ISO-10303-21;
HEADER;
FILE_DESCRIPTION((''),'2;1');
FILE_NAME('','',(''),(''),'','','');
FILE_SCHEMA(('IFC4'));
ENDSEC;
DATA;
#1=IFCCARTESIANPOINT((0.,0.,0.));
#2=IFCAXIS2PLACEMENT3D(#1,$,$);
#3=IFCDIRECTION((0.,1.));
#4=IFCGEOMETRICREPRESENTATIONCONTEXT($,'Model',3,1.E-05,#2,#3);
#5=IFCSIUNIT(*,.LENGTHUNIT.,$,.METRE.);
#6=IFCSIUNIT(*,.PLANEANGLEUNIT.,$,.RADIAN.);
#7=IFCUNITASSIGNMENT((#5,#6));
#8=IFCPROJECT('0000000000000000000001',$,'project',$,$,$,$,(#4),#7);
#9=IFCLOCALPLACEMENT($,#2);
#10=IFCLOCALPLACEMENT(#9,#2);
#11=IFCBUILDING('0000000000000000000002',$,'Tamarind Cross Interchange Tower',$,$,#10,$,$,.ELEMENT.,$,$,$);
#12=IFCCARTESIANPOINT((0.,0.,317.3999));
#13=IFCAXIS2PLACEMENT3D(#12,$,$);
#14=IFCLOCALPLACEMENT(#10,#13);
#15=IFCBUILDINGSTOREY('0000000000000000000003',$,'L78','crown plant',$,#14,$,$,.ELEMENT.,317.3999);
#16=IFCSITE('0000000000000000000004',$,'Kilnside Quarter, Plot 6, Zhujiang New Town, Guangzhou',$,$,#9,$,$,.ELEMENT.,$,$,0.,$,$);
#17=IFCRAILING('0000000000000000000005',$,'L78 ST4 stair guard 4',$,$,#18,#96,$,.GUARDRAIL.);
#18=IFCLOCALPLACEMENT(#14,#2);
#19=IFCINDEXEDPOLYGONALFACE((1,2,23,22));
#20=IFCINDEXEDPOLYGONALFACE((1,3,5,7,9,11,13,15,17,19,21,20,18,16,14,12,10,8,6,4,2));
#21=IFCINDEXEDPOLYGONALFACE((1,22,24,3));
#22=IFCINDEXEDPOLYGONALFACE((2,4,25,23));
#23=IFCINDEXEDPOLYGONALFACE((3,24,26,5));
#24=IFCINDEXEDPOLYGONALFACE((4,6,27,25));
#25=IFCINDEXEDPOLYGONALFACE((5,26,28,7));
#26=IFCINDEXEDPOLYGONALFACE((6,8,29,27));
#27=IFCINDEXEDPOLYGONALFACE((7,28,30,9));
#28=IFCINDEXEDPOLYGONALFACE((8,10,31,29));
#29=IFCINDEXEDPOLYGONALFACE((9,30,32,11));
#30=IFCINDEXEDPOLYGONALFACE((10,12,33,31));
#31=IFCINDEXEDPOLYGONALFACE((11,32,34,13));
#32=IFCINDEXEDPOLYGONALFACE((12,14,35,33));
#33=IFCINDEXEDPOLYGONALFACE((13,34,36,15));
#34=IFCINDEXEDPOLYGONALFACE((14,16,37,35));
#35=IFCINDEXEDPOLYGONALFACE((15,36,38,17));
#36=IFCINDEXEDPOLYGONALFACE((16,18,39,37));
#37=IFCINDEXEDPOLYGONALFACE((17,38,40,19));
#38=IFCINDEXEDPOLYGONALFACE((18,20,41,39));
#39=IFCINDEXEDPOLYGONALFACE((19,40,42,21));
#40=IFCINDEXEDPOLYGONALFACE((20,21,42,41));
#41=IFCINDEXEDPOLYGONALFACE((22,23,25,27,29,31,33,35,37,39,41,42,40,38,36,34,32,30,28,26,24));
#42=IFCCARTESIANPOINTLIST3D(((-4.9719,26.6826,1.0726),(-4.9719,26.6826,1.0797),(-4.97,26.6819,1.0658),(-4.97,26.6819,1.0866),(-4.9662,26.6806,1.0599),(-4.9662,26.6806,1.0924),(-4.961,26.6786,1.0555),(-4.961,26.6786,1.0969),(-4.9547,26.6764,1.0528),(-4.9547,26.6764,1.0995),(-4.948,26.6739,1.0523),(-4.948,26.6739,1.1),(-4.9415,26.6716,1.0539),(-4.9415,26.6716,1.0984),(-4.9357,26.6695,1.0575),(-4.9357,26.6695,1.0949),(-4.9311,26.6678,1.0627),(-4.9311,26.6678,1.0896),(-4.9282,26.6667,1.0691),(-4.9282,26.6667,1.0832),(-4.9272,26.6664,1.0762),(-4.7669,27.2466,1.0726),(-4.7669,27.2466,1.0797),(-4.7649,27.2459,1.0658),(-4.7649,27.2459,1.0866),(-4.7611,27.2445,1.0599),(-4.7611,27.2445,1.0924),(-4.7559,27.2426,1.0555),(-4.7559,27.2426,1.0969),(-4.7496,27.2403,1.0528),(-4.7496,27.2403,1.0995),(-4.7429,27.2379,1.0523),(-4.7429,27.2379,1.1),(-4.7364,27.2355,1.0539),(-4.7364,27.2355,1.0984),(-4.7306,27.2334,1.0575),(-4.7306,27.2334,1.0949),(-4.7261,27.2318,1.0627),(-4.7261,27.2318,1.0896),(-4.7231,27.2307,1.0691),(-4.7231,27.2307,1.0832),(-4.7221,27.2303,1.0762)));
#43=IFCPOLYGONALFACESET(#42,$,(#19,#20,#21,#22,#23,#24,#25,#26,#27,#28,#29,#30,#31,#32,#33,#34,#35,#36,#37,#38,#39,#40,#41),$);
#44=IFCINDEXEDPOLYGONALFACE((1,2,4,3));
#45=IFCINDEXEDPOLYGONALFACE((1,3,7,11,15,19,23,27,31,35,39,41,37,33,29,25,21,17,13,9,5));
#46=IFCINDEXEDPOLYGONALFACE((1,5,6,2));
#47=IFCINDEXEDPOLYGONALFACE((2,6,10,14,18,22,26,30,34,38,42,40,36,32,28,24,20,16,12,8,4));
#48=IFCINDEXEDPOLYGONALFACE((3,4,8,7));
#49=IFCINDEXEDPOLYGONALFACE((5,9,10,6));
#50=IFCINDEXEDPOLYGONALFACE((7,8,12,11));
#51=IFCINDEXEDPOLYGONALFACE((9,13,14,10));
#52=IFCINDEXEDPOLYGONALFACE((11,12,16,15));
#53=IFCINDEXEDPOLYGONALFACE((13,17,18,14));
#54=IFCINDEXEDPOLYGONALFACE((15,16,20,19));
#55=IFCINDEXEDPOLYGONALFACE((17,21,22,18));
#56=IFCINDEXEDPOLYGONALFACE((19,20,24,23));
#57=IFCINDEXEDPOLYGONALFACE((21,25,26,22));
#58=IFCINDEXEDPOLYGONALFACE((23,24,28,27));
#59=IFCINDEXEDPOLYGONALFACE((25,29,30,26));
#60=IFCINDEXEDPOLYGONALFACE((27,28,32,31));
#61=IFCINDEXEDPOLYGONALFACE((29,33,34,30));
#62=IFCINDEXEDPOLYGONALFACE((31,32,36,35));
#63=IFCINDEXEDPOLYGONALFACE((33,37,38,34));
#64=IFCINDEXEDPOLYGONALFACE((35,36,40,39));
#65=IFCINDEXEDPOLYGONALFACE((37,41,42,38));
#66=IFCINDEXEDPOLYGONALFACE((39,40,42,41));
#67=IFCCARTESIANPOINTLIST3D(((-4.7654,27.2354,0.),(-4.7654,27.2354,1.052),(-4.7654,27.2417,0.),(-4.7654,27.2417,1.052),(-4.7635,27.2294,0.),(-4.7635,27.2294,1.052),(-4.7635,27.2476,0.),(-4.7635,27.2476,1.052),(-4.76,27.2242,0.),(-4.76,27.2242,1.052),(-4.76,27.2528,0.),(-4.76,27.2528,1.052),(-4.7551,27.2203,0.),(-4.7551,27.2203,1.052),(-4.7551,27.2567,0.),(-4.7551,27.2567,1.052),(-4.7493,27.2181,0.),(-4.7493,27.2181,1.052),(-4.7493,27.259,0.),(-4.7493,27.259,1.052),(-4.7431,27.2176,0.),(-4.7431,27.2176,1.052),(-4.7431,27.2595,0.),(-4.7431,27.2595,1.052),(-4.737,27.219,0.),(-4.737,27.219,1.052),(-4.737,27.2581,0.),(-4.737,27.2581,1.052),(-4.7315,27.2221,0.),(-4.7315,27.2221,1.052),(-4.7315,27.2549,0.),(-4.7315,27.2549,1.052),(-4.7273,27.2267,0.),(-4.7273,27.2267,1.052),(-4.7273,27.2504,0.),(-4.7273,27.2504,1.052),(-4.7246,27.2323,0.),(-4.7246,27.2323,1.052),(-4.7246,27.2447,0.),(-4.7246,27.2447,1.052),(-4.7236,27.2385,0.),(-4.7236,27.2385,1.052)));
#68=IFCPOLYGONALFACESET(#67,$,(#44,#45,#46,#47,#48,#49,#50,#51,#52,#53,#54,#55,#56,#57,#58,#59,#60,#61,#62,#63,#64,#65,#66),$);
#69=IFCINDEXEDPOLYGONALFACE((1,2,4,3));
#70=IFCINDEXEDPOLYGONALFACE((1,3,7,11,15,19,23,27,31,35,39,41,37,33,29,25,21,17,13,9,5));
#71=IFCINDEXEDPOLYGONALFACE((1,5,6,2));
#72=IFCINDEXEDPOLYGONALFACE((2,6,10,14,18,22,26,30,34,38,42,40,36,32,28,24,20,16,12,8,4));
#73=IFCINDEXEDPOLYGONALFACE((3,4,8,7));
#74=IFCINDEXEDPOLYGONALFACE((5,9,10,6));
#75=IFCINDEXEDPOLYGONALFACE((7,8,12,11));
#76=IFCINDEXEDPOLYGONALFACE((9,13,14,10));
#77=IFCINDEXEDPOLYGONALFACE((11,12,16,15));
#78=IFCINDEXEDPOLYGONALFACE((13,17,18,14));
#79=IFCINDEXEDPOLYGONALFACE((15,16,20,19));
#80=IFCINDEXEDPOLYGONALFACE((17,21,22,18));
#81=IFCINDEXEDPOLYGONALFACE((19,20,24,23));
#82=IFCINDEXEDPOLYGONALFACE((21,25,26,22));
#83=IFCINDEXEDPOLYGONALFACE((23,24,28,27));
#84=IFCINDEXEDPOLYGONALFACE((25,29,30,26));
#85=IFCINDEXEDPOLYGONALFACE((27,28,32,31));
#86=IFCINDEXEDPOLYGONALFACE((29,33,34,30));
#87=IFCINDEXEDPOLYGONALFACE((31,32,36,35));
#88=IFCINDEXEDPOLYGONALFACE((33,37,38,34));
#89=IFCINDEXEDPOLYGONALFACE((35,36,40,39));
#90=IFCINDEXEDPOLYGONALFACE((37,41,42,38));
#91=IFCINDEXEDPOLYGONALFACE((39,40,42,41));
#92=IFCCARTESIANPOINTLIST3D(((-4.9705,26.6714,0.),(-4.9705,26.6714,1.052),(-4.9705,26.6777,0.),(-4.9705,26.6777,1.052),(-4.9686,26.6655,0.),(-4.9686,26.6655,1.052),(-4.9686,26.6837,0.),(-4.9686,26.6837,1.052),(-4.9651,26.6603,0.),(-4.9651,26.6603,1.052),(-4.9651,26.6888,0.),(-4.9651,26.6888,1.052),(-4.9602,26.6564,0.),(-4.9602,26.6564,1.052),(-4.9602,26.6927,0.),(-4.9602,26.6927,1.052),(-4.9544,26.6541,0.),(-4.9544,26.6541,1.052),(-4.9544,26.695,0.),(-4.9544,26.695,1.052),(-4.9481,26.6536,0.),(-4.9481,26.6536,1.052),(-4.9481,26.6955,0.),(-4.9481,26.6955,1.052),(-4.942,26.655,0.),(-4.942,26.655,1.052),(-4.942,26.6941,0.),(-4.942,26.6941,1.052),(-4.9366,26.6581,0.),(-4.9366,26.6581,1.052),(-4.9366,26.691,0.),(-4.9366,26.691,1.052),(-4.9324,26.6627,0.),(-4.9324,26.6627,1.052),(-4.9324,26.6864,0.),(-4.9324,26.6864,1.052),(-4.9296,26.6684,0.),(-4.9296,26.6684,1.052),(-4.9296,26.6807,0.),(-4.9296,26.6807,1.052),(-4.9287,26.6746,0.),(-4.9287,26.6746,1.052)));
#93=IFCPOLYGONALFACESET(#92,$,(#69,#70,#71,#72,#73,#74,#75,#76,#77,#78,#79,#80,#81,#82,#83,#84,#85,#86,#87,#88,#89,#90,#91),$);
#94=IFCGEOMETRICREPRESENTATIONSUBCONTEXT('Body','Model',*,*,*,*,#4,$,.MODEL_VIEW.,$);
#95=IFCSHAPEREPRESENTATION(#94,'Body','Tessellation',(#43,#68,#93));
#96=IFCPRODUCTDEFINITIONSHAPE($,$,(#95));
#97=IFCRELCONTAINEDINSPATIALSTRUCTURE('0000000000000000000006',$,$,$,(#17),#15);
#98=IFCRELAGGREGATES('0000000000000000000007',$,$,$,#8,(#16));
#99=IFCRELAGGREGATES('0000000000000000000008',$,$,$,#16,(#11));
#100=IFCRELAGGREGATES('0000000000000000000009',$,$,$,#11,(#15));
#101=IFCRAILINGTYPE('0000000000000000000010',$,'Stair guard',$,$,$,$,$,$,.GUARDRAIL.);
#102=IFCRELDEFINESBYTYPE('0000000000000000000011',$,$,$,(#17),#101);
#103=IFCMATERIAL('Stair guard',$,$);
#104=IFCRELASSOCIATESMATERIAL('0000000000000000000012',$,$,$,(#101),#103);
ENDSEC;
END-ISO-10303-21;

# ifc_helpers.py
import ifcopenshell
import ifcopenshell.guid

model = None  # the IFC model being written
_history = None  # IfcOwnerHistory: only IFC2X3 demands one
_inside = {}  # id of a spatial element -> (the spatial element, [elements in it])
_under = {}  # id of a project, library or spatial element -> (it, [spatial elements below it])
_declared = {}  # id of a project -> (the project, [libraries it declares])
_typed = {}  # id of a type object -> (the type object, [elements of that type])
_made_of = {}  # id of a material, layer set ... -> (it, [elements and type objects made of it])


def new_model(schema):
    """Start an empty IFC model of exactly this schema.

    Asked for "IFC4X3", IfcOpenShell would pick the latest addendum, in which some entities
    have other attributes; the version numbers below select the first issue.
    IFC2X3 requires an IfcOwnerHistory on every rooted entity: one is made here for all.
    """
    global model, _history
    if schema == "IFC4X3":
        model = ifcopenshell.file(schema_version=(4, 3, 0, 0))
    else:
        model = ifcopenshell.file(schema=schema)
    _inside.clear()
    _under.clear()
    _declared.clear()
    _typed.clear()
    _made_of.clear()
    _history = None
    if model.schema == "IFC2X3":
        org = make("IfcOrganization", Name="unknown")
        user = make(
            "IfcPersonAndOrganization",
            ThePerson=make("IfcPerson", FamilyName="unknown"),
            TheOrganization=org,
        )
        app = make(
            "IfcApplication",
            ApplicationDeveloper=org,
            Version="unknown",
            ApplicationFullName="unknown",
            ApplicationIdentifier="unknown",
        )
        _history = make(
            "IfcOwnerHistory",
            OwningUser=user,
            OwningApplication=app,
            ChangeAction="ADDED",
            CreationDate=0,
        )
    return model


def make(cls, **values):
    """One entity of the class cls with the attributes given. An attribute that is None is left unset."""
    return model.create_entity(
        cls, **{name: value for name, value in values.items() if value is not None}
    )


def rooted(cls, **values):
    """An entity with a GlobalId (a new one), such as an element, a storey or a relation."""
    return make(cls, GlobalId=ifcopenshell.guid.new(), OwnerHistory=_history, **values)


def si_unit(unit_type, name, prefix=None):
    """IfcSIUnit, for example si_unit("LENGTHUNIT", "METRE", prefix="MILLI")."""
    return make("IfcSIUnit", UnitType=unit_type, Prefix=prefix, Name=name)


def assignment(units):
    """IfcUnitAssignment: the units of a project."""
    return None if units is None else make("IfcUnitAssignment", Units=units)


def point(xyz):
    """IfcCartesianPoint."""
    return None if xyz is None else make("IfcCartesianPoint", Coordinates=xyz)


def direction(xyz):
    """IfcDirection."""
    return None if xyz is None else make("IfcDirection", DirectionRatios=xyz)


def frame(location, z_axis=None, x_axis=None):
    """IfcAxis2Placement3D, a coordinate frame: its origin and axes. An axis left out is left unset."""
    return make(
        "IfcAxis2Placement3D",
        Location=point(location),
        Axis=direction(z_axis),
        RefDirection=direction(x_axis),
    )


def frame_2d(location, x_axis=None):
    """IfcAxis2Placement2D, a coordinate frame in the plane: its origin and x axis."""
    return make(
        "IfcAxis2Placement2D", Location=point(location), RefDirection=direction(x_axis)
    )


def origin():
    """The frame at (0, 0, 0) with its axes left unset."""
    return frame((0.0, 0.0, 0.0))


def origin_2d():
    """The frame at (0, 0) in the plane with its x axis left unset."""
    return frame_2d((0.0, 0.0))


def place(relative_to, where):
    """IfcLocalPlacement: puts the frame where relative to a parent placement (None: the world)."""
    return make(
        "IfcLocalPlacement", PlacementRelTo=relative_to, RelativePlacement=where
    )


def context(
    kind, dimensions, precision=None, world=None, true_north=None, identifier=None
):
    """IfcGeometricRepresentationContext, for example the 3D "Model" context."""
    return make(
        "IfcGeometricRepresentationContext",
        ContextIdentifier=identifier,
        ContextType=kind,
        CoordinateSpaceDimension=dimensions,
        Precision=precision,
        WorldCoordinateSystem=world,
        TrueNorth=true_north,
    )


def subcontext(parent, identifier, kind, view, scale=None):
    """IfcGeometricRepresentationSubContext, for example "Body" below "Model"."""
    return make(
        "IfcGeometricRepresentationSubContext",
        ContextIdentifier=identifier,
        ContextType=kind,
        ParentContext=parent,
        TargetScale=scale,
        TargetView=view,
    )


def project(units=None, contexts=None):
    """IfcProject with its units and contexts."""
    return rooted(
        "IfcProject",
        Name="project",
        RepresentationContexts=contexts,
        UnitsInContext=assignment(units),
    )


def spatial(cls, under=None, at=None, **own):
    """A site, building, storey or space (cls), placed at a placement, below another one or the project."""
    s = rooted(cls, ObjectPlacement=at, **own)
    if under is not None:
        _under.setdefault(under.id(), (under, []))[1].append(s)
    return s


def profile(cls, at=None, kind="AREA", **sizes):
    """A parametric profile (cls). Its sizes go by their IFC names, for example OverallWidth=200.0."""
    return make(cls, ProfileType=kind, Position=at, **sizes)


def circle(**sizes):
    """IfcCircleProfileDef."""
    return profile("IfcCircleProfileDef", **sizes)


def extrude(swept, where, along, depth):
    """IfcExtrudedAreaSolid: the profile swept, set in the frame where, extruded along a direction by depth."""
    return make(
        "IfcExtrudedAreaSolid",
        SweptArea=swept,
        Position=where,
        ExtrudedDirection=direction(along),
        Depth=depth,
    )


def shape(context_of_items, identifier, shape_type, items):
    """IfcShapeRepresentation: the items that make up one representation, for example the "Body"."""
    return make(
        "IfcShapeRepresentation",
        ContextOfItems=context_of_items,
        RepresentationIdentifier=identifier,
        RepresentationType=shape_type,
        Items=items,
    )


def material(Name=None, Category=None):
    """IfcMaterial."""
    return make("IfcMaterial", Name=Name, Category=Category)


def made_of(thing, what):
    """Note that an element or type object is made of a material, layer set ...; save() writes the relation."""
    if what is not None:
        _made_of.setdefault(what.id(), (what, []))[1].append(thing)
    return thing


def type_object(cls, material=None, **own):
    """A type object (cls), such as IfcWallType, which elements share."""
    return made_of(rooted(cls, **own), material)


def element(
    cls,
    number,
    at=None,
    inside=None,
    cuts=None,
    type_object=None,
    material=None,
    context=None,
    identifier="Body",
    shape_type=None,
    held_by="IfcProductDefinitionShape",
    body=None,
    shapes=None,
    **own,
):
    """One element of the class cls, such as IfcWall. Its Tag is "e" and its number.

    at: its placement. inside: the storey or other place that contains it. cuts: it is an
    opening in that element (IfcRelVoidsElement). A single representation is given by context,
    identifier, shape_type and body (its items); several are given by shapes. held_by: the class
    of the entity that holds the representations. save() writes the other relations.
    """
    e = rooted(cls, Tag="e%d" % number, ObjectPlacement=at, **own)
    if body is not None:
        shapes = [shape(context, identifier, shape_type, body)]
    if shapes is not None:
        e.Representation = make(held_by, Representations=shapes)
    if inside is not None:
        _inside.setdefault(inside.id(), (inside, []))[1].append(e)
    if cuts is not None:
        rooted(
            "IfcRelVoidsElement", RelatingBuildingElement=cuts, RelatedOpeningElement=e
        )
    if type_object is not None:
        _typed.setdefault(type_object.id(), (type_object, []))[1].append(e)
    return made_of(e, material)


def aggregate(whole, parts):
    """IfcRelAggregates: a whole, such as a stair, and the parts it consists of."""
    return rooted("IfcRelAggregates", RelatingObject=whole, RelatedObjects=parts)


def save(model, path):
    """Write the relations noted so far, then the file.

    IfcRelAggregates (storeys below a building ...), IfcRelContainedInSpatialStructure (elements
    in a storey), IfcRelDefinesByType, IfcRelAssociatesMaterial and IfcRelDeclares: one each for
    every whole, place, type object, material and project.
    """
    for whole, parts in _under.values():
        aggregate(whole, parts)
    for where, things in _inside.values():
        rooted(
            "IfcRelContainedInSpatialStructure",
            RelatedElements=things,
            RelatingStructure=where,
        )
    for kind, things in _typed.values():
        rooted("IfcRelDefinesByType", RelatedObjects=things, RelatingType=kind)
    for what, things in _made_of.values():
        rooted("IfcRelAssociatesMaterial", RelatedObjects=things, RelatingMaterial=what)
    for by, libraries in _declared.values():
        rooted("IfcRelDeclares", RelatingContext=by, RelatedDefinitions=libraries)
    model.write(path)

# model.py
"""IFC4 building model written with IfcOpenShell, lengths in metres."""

from ifc_helpers import new_model, si_unit, direction, frame, origin, origin_2d, place, context, subcontext, project, spatial, circle, extrude, material, type_object, element, save


model = new_model("IFC4")

# Units and contexts
model_context = context("Model", 3, precision=1e-05, world=origin(), true_north=direction((0.0, 1.0)))
body_context = subcontext(model_context, "Body", "Model", "MODEL_VIEW")
ifc_project = project(units=[si_unit("LENGTHUNIT", "METRE"), si_unit("PLANEANGLEUNIT", "RADIAN")], contexts=[model_context])

# Site, building, storey
site_placement = place(None, origin())
site = spatial("IfcSite", under=ifc_project, at=site_placement, Name="Kilnside Quarter, Plot 6, Zhujiang New Town, Guangzhou", CompositionType="ELEMENT", RefElevation=0.0)
building_placement = place(site_placement, origin())
building = spatial("IfcBuilding", under=site, at=building_placement, Name="Tamarind Cross Interchange Tower", CompositionType="ELEMENT")
storey_placement = place(building_placement, frame((0.0, 0.0, 317.3999)))
storey = spatial("IfcBuildingStorey", under=building, at=storey_placement, Name="L78", Description="crown plant", CompositionType="ELEMENT", Elevation=317.3999)

# Railing
ifc_material_1 = material(Name="Stair guard")
railing_type_1 = type_object("IfcRailingType", Name="Stair guard", PredefinedType="GUARDRAIL", material=ifc_material_1)
railing_1_placement = place(storey_placement, frame((-4.7446, 27.2385, 0.0)))
element("IfcRailing", 1, at=railing_1_placement, inside=storey, type_object=railing_type_1, Name="L78 ST4 stair guard 4", PredefinedType="GUARDRAIL", context=body_context, shape_type="SweptSolid", body=[
    extrude(circle(Radius=0.0239, at=origin_2d()), frame((0.0, 0.0, 1.0762), z_axis=(-0.341743, -0.939793, 0.0), x_axis=(0.939793, -0.341743, 0.0)), (0.0, 0.0, 1.0), 0.6001),
    extrude(circle(Radius=0.021, at=origin_2d()), origin(), (0.0, 0.0, 1.0), 1.052),
    extrude(circle(Radius=0.021, at=origin_2d()), frame((-0.2051, -0.564, 0.0)), (0.0, 0.0, 1.0), 1.052),
])

save(model, "model.ifc")
